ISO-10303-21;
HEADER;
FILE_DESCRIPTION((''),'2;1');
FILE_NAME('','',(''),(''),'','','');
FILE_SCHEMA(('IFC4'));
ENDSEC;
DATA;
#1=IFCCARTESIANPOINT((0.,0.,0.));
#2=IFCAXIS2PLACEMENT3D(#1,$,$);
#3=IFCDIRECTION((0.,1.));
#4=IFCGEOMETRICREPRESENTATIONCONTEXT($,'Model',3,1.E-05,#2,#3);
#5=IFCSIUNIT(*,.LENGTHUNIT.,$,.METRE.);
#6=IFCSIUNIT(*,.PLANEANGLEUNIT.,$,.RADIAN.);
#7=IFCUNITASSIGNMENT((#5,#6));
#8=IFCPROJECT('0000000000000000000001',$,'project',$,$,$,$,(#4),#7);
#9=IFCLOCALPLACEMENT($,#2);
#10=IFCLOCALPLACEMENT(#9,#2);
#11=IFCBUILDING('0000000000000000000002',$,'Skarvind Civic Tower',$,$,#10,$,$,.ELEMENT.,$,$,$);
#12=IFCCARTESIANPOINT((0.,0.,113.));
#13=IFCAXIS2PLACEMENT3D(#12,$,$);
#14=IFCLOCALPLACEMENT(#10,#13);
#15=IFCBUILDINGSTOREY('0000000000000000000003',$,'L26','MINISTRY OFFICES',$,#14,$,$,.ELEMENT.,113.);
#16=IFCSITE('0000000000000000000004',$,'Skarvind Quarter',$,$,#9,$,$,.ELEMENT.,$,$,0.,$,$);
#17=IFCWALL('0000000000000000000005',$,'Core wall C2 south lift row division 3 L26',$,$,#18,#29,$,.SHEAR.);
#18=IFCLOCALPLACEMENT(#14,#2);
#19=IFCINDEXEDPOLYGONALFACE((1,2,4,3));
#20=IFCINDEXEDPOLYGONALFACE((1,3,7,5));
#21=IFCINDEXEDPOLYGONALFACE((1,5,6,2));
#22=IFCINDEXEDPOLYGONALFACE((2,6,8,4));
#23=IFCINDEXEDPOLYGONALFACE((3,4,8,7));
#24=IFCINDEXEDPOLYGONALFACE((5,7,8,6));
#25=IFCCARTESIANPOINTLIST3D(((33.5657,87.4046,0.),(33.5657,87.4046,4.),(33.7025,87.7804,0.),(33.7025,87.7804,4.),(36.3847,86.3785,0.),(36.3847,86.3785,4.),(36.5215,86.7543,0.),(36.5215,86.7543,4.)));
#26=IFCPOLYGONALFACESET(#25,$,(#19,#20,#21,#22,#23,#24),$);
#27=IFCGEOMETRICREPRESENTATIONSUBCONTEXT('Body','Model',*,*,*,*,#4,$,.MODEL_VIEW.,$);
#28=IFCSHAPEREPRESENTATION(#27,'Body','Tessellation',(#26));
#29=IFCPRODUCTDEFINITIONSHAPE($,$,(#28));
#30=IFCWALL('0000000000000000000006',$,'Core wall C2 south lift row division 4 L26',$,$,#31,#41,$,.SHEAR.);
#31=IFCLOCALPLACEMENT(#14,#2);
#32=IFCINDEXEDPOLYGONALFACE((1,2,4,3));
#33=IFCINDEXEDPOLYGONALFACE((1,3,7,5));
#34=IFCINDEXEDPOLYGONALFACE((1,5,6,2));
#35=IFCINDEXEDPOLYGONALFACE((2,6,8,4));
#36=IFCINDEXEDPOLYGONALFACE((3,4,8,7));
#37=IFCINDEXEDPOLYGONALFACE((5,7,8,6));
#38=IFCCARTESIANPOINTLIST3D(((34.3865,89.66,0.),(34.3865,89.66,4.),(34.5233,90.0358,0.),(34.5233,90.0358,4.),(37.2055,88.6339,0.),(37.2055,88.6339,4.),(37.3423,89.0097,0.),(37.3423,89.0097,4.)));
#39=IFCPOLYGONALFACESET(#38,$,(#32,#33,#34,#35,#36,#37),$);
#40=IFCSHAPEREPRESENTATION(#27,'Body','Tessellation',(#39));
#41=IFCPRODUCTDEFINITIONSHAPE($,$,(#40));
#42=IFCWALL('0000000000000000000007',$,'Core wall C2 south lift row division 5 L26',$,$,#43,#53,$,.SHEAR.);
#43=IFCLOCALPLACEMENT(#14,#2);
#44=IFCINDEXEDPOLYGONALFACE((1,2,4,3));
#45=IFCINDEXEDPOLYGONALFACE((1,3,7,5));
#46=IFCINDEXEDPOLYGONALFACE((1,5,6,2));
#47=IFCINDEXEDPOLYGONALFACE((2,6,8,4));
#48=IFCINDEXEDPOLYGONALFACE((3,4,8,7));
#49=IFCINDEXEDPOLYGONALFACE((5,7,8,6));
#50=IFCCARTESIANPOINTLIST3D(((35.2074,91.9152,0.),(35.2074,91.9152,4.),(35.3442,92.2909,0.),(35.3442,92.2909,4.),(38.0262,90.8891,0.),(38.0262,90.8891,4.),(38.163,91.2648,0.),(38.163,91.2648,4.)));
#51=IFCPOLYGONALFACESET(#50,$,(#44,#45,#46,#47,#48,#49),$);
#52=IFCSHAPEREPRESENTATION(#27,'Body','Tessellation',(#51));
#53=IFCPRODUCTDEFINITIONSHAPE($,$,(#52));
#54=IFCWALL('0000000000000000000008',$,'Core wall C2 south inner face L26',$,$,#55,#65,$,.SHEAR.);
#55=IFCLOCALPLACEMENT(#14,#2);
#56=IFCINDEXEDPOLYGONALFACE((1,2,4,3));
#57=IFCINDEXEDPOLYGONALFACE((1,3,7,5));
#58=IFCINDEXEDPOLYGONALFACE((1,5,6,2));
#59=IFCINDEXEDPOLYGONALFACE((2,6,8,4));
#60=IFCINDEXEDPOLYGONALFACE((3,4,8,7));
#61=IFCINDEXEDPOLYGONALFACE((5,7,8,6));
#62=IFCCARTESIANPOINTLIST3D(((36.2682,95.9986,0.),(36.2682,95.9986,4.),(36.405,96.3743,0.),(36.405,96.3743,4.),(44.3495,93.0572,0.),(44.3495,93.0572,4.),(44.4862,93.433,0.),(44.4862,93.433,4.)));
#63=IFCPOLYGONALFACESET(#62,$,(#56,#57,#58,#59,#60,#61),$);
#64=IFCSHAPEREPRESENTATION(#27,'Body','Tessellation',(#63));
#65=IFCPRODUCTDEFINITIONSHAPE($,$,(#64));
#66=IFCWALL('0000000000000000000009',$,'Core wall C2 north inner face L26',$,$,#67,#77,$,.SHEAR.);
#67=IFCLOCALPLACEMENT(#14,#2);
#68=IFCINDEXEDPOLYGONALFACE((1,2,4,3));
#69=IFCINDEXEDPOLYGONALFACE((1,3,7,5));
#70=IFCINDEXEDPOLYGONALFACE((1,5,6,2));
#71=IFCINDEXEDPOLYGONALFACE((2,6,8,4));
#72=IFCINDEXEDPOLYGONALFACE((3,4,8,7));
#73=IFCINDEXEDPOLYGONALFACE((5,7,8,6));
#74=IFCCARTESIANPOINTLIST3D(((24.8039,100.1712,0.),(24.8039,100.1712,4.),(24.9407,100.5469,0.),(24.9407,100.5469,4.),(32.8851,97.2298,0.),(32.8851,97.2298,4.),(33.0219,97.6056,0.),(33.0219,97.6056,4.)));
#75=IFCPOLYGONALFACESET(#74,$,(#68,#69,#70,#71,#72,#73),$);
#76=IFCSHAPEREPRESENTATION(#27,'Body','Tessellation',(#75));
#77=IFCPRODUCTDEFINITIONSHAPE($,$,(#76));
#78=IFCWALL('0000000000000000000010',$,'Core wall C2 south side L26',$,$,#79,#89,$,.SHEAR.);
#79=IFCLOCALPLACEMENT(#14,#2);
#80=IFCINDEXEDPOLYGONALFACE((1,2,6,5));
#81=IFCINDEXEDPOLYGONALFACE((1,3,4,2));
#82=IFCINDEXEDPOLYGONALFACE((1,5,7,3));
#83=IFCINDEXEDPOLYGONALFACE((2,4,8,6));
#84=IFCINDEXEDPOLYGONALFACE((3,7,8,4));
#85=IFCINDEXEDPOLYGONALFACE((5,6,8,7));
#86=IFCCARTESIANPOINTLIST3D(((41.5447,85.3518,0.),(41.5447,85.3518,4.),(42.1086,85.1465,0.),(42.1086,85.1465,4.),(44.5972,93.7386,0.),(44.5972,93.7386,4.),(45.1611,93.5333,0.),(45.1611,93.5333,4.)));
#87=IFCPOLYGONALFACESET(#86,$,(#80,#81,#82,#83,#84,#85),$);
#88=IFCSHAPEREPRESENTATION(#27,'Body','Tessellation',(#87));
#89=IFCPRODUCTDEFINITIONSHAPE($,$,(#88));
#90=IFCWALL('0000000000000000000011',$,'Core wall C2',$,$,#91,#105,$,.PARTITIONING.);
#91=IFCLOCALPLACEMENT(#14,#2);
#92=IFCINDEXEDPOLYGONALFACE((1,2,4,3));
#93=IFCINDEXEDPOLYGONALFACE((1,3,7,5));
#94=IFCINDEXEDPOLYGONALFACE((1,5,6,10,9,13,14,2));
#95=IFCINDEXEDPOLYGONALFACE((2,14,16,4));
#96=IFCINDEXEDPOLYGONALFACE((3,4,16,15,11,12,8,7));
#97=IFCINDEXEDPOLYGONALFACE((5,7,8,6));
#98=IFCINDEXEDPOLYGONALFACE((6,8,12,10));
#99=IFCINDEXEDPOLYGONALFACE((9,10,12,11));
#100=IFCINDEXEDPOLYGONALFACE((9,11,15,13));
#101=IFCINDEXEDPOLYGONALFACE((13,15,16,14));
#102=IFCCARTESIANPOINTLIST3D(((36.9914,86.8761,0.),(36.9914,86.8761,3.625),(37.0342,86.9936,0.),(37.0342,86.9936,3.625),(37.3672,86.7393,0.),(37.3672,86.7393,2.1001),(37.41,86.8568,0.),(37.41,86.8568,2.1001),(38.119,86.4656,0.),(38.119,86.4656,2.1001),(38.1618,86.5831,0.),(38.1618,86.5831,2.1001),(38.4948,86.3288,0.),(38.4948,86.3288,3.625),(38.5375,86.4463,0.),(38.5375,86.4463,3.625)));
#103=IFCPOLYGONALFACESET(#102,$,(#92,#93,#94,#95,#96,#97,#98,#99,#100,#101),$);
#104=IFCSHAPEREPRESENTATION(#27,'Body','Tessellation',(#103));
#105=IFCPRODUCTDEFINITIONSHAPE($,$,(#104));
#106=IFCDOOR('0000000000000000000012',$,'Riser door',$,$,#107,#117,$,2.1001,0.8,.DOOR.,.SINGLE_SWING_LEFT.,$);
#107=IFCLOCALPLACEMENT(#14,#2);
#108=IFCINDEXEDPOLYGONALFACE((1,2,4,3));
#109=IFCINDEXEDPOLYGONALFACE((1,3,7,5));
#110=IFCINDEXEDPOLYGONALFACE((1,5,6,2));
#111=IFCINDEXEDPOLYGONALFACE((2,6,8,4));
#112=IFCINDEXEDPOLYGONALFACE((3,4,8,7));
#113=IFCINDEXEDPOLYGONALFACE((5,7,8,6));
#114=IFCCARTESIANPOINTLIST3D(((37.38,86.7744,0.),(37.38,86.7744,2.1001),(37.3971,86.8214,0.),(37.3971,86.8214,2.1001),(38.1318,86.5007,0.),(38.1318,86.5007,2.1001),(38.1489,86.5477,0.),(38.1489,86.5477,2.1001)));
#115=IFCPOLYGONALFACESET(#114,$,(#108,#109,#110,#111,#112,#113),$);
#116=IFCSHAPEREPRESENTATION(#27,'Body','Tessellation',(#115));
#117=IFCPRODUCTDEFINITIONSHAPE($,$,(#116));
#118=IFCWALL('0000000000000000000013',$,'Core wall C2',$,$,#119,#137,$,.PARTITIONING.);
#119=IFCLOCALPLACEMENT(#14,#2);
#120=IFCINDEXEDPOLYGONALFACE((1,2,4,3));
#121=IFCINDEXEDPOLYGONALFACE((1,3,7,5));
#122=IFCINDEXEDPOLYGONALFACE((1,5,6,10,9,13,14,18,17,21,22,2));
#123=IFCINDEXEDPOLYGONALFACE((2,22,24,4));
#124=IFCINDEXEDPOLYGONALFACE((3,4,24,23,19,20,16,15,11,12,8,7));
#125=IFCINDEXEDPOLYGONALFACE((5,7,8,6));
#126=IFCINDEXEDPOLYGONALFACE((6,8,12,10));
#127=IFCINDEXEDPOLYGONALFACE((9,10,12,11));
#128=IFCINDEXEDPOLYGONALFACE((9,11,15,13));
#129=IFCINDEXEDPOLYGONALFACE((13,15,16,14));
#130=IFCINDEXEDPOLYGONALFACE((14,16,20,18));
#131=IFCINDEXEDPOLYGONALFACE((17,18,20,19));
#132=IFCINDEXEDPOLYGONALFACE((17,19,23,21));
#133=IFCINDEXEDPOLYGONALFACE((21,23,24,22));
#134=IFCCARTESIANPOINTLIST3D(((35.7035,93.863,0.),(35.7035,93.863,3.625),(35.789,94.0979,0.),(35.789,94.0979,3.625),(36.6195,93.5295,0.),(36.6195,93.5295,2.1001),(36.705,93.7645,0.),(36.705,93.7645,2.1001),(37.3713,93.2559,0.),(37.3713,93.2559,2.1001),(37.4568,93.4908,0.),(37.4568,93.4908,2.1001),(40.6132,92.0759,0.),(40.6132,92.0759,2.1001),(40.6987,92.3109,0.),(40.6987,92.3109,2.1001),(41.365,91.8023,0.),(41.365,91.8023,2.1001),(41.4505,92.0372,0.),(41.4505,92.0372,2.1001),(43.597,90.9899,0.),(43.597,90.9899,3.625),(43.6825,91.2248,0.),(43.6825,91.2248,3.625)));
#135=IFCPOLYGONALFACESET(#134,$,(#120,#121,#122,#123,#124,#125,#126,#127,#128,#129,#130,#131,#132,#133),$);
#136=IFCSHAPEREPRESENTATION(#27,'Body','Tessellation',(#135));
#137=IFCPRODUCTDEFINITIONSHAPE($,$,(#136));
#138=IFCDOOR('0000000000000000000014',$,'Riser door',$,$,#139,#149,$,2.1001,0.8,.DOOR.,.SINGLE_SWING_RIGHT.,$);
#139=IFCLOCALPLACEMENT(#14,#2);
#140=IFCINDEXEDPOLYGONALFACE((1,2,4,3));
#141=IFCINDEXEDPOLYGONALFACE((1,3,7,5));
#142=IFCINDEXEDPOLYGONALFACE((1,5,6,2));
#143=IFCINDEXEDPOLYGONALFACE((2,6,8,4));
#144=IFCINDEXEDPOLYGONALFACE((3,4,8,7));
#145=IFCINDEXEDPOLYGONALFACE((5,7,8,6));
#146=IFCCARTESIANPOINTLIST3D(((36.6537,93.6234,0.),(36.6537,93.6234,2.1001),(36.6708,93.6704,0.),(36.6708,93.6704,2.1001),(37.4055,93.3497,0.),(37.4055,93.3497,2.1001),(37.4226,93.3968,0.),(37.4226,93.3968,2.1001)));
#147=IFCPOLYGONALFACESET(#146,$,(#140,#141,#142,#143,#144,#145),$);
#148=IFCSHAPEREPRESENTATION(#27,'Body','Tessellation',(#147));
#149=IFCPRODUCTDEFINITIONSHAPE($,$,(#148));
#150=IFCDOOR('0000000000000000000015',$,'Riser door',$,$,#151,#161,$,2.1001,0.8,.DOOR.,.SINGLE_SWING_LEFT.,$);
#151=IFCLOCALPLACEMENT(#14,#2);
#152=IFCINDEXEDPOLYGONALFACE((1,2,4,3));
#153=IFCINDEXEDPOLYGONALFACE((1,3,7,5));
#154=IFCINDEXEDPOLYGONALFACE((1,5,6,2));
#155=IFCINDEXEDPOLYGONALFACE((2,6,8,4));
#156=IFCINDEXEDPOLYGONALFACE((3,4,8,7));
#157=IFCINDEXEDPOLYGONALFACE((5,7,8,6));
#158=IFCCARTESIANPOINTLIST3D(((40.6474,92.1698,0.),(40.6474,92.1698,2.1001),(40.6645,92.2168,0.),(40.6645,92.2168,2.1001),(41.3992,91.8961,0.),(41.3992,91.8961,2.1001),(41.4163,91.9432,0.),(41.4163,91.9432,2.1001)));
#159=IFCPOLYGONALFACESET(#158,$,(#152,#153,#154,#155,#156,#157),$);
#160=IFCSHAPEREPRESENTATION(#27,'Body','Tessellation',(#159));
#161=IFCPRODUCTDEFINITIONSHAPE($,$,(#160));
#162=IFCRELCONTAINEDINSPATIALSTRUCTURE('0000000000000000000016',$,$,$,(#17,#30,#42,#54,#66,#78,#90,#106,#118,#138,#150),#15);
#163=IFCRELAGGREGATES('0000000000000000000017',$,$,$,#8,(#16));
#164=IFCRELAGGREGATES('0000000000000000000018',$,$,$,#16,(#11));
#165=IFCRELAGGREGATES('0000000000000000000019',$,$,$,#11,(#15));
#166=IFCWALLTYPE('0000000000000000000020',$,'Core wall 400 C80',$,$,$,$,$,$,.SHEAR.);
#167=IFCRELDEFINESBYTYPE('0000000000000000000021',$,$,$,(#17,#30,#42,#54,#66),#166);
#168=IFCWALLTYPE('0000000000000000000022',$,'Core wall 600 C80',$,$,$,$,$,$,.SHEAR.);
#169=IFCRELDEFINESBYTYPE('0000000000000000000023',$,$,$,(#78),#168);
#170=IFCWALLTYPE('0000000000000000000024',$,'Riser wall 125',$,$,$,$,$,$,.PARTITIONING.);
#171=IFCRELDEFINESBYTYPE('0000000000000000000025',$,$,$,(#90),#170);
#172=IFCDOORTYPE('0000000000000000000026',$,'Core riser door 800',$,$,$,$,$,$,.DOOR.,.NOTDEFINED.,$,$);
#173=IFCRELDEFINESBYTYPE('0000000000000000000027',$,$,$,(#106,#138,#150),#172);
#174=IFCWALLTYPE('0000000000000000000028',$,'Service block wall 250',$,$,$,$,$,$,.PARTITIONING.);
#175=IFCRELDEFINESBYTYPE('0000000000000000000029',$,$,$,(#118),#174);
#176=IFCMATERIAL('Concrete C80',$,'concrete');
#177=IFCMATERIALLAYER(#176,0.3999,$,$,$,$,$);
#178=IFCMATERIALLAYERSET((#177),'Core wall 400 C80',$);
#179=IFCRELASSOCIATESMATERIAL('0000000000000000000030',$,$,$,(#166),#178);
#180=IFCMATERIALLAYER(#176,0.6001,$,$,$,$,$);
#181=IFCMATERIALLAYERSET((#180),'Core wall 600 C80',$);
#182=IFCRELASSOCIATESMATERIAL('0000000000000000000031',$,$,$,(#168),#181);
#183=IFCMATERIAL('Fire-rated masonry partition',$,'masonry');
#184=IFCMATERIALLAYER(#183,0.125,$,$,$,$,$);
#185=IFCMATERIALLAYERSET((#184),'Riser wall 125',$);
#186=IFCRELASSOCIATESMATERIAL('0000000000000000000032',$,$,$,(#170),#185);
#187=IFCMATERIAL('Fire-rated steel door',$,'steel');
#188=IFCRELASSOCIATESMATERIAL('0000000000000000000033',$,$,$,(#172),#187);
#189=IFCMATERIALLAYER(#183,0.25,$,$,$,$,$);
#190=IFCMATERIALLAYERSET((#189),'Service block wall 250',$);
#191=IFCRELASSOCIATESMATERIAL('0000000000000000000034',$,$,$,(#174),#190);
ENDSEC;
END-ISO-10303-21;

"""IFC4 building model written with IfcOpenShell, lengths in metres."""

from ifc_helpers import new_model, si_unit, direction, frame, frame_2d, origin, place, context, subcontext, project, spatial, rectangle, extrude, material, layer, layer_set, type_object, element, fill, save


model = new_model("IFC4")

# Units and contexts
model_context = context("Model", 3, precision=1e-05, world=origin(), true_north=direction((0.0, 1.0)))
body_context = subcontext(model_context, "Body", "Model", "MODEL_VIEW")
ifc_project = project(units=[si_unit("LENGTHUNIT", "METRE"), si_unit("PLANEANGLEUNIT", "RADIAN")], contexts=[model_context])

# Site, building, storey
site_placement = place(None, origin())
site = spatial("IfcSite", under=ifc_project, at=site_placement, Name="Skarvind Quarter", CompositionType="ELEMENT", RefElevation=0.0)
building_placement = place(site_placement, origin())
building = spatial("IfcBuilding", under=site, at=building_placement, Name="Skarvind Civic Tower", CompositionType="ELEMENT")
storey_placement = place(building_placement, frame((0.0, 0.0, 113.0)))
storey = spatial("IfcBuildingStorey", under=building, at=storey_placement, Name="L26", Description="MINISTRY OFFICES", CompositionType="ELEMENT", Elevation=113.0)

# Shared definitions
ifc_material_1 = material(Name="Concrete C80", Category="concrete")

# Shared definitions
ifc_material_2 = material(Name="Fire-rated masonry partition", Category="masonry")
ifc_material_3 = material(Name="Fire-rated steel door", Category="steel")

# Walls
ifc_layer_1 = layer(ifc_material_1, 0.3999)
ifc_layer_set_1 = layer_set([ifc_layer_1], Name="Core wall 400 C80")
wall_type_1 = type_object("IfcWallType", Name="Core wall 400 C80", PredefinedType="SHEAR", material=ifc_layer_set_1)
for number, where, z_axis, x_axis, name in (
    (1, (36.4531, 86.5664, 0.0), (0.0, 0.0, 1.0), (-0.939686, 0.342037, 0.0), "Core wall C2 south lift row division 3 L26"),
    (2, (37.2739, 88.8218, 0.0), (0.0, 0.0, 1.0), (-0.939686, 0.342037, 0.0), "Core wall C2 south lift row division 4 L26"),
):
    element("IfcWall", number, at=place(storey_placement, frame(where, z_axis=z_axis, x_axis=x_axis)), inside=storey, type_object=wall_type_1, Name=name, PredefinedType="SHEAR", context=body_context, shape_type="SweptSolid", body=[
        extrude(rectangle(XDim=3.0, YDim=0.3999, at=frame_2d((1.5, 0.0))), origin(), (0.0, 0.0, 1.0), 4.0),
    ])
wall_1_placement = place(storey_placement, frame((38.0947, 91.0769, 0.0), z_axis=(0.0, 0.0, 1.0), x_axis=(-0.939677, 0.342063, 0.0)))
element("IfcWall", 3, at=wall_1_placement, inside=storey, type_object=wall_type_1, Name="Core wall C2 south lift row division 5 L26", PredefinedType="SHEAR", context=body_context, shape_type="SweptSolid", body=[
    extrude(rectangle(XDim=2.9998, YDim=0.3999, at=frame_2d((1.5, 0.0))), origin(), (0.0, 0.0, 1.0), 4.0),
])
for number, where, z_axis, x_axis, name in (
    (4, (44.4177, 93.2451, 0.0), (0.0, 0.0, 1.0), (-0.939691, 0.342026, 0.0), "Core wall C2 south inner face L26"),
    (5, (32.9534, 97.4177, 0.0), (0.0, 0.0, 1.0), (-0.939691, 0.342026, 0.0), "Core wall C2 north inner face L26"),
):
    element("IfcWall", number, at=place(storey_placement, frame(where, z_axis=z_axis, x_axis=x_axis)), inside=storey, type_object=wall_type_1, Name=name, PredefinedType="SHEAR", context=body_context, shape_type="SweptSolid", body=[
        extrude(rectangle(XDim=8.5999, YDim=0.3999, at=frame_2d((4.2998, 0.0))), origin(), (0.0, 0.0, 1.0), 4.0),
    ])
ifc_layer_2 = layer(ifc_material_1, 0.6001)
ifc_layer_set_2 = layer_set([ifc_layer_2], Name="Core wall 600 C80")
wall_type_2 = type_object("IfcWallType", Name="Core wall 600 C80", PredefinedType="SHEAR", material=ifc_layer_set_2)
wall_2_placement = place(storey_placement, frame((41.8267, 85.2493, 0.0), z_axis=(0.0, 0.0, 1.0), x_axis=(0.342018, 0.939694, 0.0)))
element("IfcWall", 6, at=wall_2_placement, inside=storey, type_object=wall_type_2, Name="Core wall C2 south side L26", PredefinedType="SHEAR", context=body_context, shape_type="SweptSolid", body=[
    extrude(rectangle(XDim=8.925, YDim=0.6001, at=frame_2d((4.4624, 0.0))), origin(), (0.0, 0.0, 1.0), 4.0),
])

# Wall, opening, door
ifc_layer_3 = layer(ifc_material_2, 0.125)
ifc_layer_set_3 = layer_set([ifc_layer_3], Name="Riser wall 125")
wall_type_3 = type_object("IfcWallType", Name="Riser wall 125", PredefinedType="PARTITIONING", material=ifc_layer_set_3)
wall_3_placement = place(storey_placement, frame((37.0129, 86.9348, 0.0), z_axis=(0.0, 0.0, 1.0), x_axis=(0.93966, -0.342111, 0.0)))
wall_3 = element("IfcWall", 7, at=wall_3_placement, inside=storey, type_object=wall_type_3, Name="Core wall C2", PredefinedType="PARTITIONING", context=body_context, shape_type="SweptSolid", body=[
    extrude(rectangle(XDim=1.5999, YDim=0.125, at=frame_2d((0.7998, 0.0))), origin(), (0.0, 0.0, 1.0), 3.625),
])
opening_1_placement = place(wall_3_placement, frame((0.3999, 0.0, 0.0)))
opening_1 = element("IfcOpeningElement", 8, at=opening_1_placement, cuts=wall_3, PredefinedType="OPENING", context=body_context, shape_type="SweptSolid", body=[
    extrude(rectangle(XDim=0.8, YDim=2.1001, at=frame_2d((0.3999, 1.05))), frame((0.0, 0.0725, 0.0), z_axis=(0.0, -1.0, 0.0), x_axis=(1.0, 0.0, 0.0)), (0.0, 0.0, 1.0), 0.145),
])
door_type_1 = type_object("IfcDoorType", Name="Core riser door 800", OperationType="NOTDEFINED", PredefinedType="DOOR", material=ifc_material_3)
door_1_placement = place(opening_1_placement, origin())
door_1 = element("IfcDoor", 9, at=door_1_placement, inside=storey, type_object=door_type_1, Name="Riser door", OperationType="SINGLE_SWING_LEFT", OverallHeight=2.1001, OverallWidth=0.8, PredefinedType="DOOR", context=body_context, shape_type="SweptSolid", body=[
    extrude(rectangle(XDim=0.8, YDim=2.1001, at=frame_2d((0.3999, 1.05))), frame((0.0, 0.0249, 0.0), z_axis=(0.0, -1.0, 0.0), x_axis=(1.0, 0.0, 0.0)), (0.0, 0.0, 1.0), 0.05),
])
fill(opening_1, door_1)

# Wall, openings, doors
ifc_layer_4 = layer(ifc_material_2, 0.25)
ifc_layer_set_4 = layer_set([ifc_layer_4], Name="Service block wall 250")
wall_type_4 = type_object("IfcWallType", Name="Service block wall 250", PredefinedType="PARTITIONING", material=ifc_layer_set_4)
wall_4_placement = place(storey_placement, frame((35.7461, 93.9805, 0.0), z_axis=(0.0, 0.0, 1.0), x_axis=(0.939692, -0.342023, 0.0)))
wall_4 = element("IfcWall", 10, at=wall_4_placement, inside=storey, type_object=wall_type_4, Name="Core wall C2", PredefinedType="PARTITIONING", context=body_context, shape_type="SweptSolid", body=[
    extrude(rectangle(XDim=8.4001, YDim=0.25, at=frame_2d((4.2002, 0.0))), origin(), (0.0, 0.0, 1.0), 3.625),
])
opening_2_placement = place(wall_4_placement, frame((0.9751, 0.0, 0.0)))
opening_2 = element("IfcOpeningElement", 11, at=opening_2_placement, cuts=wall_4, PredefinedType="OPENING", context=body_context, shape_type="SweptSolid", body=[
    extrude(rectangle(XDim=0.8, YDim=2.1001, at=frame_2d((0.3999, 1.05))), frame((0.0, 0.135, 0.0), z_axis=(0.0, -1.0, 0.0), x_axis=(1.0, 0.0, 0.0)), (0.0, 0.0, 1.0), 0.27),
])
opening_3_placement = place(wall_4_placement, frame((5.2251, 0.0, 0.0)))
opening_3 = element("IfcOpeningElement", 12, at=opening_3_placement, cuts=wall_4, PredefinedType="OPENING", context=body_context, shape_type="SweptSolid", body=[
    extrude(rectangle(XDim=0.8, YDim=2.1001, at=frame_2d((0.3999, 1.05))), frame((0.0, 0.135, 0.0), z_axis=(0.0, -1.0, 0.0), x_axis=(1.0, 0.0, 0.0)), (0.0, 0.0, 1.0), 0.27),
])
door_2_placement = place(opening_2_placement, origin())
door_2 = element("IfcDoor", 13, at=door_2_placement, inside=storey, type_object=door_type_1, Name="Riser door", OperationType="SINGLE_SWING_RIGHT", OverallHeight=2.1001, OverallWidth=0.8, PredefinedType="DOOR", context=body_context, shape_type="SweptSolid", body=[
    extrude(rectangle(XDim=0.8, YDim=2.1001, at=frame_2d((0.3999, 1.05))), frame((0.0, 0.0249, 0.0), z_axis=(0.0, -1.0, 0.0), x_axis=(1.0, 0.0, 0.0)), (0.0, 0.0, 1.0), 0.05),
])
fill(opening_2, door_2)
door_3_placement = place(opening_3_placement, origin())
door_3 = element("IfcDoor", 14, at=door_3_placement, inside=storey, type_object=door_type_1, Name="Riser door", OperationType="SINGLE_SWING_LEFT", OverallHeight=2.1001, OverallWidth=0.8, PredefinedType="DOOR", context=body_context, shape_type="SweptSolid", body=[
    extrude(rectangle(XDim=0.8, YDim=2.1001, at=frame_2d((0.3999, 1.05))), frame((0.0, 0.0249, 0.0), z_axis=(0.0, -1.0, 0.0), x_axis=(1.0, 0.0, 0.0)), (0.0, 0.0, 1.0), 0.05),
])
fill(opening_3, door_3)

save(model, "model.ifc")
